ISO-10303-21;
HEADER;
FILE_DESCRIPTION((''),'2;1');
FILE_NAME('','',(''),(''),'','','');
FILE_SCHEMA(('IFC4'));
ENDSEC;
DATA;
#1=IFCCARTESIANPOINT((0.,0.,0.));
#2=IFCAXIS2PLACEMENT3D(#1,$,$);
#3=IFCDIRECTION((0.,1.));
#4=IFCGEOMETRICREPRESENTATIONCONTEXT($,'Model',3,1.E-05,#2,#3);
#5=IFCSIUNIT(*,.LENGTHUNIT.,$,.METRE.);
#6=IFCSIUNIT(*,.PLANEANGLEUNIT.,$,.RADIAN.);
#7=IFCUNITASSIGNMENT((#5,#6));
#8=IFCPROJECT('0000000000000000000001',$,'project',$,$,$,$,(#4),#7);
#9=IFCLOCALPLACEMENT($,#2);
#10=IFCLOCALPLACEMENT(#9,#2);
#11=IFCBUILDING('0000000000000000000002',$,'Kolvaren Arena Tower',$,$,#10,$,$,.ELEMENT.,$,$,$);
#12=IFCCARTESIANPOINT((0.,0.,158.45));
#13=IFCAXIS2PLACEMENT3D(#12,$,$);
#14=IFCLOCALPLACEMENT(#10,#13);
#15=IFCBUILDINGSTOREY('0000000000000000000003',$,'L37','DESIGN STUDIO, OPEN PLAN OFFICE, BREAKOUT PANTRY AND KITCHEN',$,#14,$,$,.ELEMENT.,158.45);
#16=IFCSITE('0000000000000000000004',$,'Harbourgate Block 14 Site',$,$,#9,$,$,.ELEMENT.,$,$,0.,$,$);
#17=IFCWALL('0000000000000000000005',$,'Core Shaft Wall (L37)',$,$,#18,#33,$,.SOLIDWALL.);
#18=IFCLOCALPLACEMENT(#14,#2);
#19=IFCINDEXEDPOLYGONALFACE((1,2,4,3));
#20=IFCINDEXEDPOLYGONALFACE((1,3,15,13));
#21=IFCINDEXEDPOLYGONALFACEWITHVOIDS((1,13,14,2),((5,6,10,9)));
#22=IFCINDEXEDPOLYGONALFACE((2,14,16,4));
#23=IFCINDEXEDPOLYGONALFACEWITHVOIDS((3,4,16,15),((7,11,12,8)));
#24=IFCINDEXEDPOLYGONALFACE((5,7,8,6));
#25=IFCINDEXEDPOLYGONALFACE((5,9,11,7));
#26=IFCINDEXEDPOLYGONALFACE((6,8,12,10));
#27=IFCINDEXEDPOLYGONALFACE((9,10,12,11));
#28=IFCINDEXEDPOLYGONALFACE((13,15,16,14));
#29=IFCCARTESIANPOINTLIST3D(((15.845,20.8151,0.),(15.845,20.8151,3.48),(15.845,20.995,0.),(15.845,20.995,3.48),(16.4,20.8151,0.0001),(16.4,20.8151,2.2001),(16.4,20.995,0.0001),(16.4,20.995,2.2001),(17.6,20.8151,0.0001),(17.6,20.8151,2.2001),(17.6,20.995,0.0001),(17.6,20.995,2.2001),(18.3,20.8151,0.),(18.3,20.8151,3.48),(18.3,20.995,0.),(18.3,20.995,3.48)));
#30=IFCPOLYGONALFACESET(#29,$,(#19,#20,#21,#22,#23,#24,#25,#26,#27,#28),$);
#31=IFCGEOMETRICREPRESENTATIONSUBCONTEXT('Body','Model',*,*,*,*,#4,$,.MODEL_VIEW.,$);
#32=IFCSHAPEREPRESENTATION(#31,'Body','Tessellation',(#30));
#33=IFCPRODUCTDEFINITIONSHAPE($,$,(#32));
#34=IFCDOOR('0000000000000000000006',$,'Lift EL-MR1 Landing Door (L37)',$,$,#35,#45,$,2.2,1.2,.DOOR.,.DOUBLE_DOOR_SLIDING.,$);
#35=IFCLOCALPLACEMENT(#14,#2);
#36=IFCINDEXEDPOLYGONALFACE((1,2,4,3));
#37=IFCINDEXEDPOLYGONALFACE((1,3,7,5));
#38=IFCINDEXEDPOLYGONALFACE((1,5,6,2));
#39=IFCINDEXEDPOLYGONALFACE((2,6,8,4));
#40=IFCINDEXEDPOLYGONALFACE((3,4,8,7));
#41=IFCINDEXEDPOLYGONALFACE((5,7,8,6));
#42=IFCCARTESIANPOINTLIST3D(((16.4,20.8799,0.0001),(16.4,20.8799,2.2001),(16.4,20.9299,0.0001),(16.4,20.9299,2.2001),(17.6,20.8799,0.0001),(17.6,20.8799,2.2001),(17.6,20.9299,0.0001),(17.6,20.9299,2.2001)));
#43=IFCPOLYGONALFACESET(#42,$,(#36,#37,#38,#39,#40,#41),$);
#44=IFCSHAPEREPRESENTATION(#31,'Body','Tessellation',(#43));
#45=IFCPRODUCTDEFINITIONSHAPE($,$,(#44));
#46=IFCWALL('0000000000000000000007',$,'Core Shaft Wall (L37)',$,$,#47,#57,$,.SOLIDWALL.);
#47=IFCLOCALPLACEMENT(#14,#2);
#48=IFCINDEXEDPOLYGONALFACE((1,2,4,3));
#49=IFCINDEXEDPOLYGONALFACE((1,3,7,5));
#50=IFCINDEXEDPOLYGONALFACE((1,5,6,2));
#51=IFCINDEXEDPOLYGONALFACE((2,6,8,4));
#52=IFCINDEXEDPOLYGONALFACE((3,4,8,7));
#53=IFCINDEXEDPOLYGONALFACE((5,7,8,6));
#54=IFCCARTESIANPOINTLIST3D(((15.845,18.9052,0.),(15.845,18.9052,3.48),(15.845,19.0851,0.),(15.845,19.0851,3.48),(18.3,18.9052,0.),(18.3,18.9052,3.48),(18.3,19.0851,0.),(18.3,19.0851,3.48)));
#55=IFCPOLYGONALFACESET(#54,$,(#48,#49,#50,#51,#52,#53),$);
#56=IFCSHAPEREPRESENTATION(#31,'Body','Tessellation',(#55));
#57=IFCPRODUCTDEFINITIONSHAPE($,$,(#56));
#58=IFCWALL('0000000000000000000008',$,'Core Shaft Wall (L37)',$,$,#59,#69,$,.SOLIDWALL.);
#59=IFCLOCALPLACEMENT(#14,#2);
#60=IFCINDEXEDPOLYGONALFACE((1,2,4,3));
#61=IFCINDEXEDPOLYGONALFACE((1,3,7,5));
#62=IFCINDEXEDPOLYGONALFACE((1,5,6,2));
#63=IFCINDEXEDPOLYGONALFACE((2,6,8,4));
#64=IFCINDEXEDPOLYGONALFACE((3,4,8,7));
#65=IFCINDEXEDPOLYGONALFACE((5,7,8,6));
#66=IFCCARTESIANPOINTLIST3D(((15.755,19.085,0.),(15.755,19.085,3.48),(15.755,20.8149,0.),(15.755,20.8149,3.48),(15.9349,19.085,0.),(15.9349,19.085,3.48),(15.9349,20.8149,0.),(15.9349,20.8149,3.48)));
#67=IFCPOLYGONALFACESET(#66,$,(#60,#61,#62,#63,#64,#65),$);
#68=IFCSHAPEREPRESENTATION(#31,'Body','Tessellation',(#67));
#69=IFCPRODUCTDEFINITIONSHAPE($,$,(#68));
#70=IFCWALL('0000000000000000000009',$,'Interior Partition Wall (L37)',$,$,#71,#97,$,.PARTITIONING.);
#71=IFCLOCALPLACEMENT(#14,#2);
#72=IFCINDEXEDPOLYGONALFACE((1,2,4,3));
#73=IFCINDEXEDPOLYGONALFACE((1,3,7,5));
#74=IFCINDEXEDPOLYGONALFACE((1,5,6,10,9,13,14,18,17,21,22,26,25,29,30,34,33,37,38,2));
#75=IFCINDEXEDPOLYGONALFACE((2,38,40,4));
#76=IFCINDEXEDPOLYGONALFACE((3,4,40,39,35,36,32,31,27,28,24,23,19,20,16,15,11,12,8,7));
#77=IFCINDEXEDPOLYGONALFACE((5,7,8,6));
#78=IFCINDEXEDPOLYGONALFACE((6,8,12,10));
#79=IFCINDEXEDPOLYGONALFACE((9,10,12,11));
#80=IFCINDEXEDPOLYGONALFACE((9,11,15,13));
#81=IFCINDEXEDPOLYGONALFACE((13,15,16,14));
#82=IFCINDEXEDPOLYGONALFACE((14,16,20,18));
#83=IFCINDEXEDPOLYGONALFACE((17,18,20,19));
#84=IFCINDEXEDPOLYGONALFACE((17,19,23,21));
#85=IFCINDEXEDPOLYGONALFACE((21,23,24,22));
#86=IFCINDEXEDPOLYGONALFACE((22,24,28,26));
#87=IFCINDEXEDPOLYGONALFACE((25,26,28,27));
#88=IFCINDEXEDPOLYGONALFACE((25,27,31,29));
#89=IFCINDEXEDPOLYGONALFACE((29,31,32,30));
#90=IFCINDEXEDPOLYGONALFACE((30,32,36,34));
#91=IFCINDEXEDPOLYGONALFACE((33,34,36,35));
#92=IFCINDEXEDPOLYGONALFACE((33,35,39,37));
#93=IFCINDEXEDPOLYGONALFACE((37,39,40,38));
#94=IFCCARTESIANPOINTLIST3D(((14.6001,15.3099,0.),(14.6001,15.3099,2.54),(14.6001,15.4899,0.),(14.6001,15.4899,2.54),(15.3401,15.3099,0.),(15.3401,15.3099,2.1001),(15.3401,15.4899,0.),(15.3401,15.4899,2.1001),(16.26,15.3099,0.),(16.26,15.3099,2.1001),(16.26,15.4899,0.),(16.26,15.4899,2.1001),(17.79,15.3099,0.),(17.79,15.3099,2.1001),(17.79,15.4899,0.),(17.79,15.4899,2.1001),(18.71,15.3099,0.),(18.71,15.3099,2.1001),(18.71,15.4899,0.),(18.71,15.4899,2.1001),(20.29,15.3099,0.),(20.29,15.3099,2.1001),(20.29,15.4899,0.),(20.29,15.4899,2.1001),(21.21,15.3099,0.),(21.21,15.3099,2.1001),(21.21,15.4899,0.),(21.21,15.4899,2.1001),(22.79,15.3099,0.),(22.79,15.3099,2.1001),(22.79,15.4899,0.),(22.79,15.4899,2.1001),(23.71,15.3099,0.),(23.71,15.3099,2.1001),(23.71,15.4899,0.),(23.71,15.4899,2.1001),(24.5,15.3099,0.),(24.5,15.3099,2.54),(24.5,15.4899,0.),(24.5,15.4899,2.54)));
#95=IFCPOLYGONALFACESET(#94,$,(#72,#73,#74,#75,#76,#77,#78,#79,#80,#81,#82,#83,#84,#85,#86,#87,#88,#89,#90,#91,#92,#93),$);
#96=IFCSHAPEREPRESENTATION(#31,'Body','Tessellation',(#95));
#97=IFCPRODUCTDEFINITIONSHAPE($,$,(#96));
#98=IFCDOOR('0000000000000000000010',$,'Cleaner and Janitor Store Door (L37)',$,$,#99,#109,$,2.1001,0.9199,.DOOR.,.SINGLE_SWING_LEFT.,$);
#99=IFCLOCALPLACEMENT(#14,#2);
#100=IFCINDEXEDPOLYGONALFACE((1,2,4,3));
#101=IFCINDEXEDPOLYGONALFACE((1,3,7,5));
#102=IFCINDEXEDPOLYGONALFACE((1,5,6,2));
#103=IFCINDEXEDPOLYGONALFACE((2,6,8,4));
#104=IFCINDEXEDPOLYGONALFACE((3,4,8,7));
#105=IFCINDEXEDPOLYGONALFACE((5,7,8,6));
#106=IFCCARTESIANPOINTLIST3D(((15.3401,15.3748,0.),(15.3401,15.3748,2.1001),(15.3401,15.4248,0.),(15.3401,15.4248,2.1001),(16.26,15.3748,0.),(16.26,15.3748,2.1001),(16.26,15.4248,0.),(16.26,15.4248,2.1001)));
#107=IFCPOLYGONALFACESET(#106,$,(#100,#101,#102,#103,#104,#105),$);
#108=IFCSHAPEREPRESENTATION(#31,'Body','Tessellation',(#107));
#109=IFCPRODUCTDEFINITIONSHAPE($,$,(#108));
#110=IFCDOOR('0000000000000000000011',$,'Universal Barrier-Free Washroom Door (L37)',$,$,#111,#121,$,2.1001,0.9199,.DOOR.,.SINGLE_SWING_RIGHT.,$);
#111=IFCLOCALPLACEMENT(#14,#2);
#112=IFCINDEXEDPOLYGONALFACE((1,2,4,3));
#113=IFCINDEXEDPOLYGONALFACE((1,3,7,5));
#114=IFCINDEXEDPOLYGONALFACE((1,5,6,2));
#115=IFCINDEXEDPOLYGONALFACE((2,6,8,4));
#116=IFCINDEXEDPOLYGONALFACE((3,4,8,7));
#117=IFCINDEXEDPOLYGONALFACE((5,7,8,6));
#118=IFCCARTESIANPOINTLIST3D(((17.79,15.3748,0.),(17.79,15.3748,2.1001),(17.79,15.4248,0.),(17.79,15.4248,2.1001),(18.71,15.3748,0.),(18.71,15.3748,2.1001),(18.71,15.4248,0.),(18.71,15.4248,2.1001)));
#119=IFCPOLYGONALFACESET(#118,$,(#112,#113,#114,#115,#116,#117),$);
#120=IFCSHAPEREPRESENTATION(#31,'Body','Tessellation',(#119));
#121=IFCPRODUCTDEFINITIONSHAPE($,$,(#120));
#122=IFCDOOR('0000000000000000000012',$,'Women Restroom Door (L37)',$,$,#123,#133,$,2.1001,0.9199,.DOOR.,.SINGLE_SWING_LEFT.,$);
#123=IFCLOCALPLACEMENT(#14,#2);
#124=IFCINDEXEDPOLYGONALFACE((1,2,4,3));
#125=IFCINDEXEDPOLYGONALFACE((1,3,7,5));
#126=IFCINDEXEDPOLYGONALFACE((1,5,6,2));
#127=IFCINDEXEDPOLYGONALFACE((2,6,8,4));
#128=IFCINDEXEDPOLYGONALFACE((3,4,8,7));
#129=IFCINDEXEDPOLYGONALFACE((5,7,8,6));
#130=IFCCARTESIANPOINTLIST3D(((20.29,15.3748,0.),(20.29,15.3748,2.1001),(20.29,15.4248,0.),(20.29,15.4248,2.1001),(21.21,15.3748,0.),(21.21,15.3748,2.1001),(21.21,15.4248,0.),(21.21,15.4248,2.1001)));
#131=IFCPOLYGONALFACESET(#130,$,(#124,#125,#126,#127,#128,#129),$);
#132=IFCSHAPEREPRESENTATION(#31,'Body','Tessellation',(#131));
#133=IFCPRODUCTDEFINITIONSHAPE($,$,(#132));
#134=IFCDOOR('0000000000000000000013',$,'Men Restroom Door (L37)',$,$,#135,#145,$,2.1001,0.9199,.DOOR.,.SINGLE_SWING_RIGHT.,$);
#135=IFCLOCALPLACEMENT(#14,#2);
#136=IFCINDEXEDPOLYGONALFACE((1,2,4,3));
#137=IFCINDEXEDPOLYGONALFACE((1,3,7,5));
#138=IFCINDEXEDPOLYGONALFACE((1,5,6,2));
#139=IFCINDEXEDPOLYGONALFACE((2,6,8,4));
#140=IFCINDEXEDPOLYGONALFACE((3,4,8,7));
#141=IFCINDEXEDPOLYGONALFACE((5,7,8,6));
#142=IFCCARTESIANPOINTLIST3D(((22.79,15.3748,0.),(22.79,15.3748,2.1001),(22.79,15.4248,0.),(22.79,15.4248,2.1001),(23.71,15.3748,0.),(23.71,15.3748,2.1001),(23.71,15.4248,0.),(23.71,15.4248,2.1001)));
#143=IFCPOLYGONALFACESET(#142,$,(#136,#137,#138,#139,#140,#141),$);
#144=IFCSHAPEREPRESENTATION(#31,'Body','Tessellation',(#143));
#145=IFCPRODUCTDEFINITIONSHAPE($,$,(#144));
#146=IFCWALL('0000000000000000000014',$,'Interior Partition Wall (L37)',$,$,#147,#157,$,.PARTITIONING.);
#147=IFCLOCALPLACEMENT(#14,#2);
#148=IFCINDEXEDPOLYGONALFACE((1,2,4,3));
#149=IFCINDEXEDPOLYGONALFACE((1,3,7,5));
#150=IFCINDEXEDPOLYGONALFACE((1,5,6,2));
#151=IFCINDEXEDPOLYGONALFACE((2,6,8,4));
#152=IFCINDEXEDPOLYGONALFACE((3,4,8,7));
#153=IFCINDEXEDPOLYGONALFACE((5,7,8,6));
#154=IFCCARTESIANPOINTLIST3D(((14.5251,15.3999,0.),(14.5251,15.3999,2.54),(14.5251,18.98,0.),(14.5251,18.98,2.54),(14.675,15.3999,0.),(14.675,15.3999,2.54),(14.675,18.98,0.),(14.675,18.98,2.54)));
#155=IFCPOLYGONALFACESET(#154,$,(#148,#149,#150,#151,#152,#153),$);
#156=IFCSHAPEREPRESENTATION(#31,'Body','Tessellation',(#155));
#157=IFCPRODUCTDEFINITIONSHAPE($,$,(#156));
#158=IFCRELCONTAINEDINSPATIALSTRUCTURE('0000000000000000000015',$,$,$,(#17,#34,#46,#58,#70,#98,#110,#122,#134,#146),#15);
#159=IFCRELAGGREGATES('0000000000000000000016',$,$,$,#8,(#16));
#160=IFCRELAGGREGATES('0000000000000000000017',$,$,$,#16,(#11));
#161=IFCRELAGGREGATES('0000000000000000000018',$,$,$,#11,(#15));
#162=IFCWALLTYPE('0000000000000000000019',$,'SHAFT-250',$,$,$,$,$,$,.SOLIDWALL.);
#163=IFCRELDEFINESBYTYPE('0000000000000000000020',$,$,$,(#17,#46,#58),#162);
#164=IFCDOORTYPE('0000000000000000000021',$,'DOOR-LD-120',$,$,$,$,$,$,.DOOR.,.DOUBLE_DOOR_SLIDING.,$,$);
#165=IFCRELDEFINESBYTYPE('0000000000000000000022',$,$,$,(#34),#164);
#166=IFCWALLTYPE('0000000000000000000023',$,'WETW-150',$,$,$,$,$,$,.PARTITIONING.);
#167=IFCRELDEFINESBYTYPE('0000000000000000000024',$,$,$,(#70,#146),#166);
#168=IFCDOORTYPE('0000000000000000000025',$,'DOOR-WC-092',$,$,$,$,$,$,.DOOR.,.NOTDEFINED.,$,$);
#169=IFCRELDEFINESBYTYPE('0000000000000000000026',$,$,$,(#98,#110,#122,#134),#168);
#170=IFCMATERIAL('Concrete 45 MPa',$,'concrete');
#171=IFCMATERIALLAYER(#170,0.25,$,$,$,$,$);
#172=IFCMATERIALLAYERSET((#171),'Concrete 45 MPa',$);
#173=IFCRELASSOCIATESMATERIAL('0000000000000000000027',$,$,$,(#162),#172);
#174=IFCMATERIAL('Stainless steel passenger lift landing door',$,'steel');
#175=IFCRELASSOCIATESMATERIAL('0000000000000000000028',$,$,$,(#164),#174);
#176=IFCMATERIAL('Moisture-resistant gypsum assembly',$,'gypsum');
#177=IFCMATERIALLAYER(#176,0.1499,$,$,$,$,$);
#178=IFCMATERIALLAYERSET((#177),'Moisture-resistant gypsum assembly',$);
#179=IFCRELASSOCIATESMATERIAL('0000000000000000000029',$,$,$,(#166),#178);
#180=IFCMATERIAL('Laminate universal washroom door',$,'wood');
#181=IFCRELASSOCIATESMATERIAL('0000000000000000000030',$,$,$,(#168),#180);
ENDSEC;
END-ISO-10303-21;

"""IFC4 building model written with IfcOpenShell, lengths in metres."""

from ifc_helpers import new_model, si_unit, direction, frame, frame_2d, origin, place, context, subcontext, project, spatial, rectangle, extrude, material, layer, layer_set, type_object, element, fill, save


model = new_model("IFC4")

# Units and contexts
model_context = context("Model", 3, precision=1e-05, world=origin(), true_north=direction((0.0, 1.0)))
body_context = subcontext(model_context, "Body", "Model", "MODEL_VIEW")
ifc_project = project(units=[si_unit("LENGTHUNIT", "METRE"), si_unit("PLANEANGLEUNIT", "RADIAN")], contexts=[model_context])

# Site, building, storey
site_placement = place(None, origin())
site = spatial("IfcSite", under=ifc_project, at=site_placement, Name="Harbourgate Block 14 Site", CompositionType="ELEMENT", RefElevation=0.0)
building_placement = place(site_placement, origin())
building = spatial("IfcBuilding", under=site, at=building_placement, Name="Kolvaren Arena Tower", CompositionType="ELEMENT")
storey_placement = place(building_placement, frame((0.0, 0.0, 158.45)))
storey = spatial("IfcBuildingStorey", under=building, at=storey_placement, Name="L37", Description="DESIGN STUDIO, OPEN PLAN OFFICE, BREAKOUT PANTRY AND KITCHEN", CompositionType="ELEMENT", Elevation=158.45)

# Wall, opening, door
ifc_material_1 = material(Name="Concrete 45 MPa", Category="concrete")
ifc_layer_1 = layer(ifc_material_1, 0.25)
ifc_layer_set_1 = layer_set([ifc_layer_1], Name="Concrete 45 MPa")
wall_type_1 = type_object("IfcWallType", Name="SHAFT-250", PredefinedType="SOLIDWALL", material=ifc_layer_set_1)
wall_1_placement = place(storey_placement, frame((15.845, 20.905, 0.0), z_axis=(0.0, 0.0, 1.0), x_axis=(1.0, 0.0, 0.0)))
wall_1 = element("IfcWall", 1, at=wall_1_placement, inside=storey, type_object=wall_type_1, Name="Core Shaft Wall (L37)", PredefinedType="SOLIDWALL", context=body_context, shape_type="SweptSolid", body=[
    extrude(rectangle(XDim=2.4551, YDim=0.1799, at=frame_2d((1.2275, 0.0))), origin(), (0.0, 0.0, 1.0), 3.48),
])
opening_1_placement = place(wall_1_placement, frame((0.5549, 0.0, 0.0)))
opening_1 = element("IfcOpeningElement", 2, at=opening_1_placement, cuts=wall_1, PredefinedType="OPENING", context=body_context, shape_type="SweptSolid", body=[
    extrude(rectangle(XDim=1.2, YDim=2.2, at=frame_2d((0.6001, 1.1001))), frame((0.0, 0.0999, 0.0), z_axis=(0.0, -1.0, 0.0), x_axis=(1.0, 0.0, 0.0)), (0.0, 0.0, 1.0), 0.2),
])
ifc_material_2 = material(Name="Stainless steel passenger lift landing door", Category="steel")
door_type_1 = type_object("IfcDoorType", Name="DOOR-LD-120", OperationType="DOUBLE_DOOR_SLIDING", PredefinedType="DOOR", material=ifc_material_2)
door_1_placement = place(opening_1_placement, origin())
door_1 = element("IfcDoor", 3, at=door_1_placement, inside=storey, type_object=door_type_1, Name="Lift EL-MR1 Landing Door (L37)", OperationType="DOUBLE_DOOR_SLIDING", OverallHeight=2.2, OverallWidth=1.2, PredefinedType="DOOR", context=body_context, shape_type="SweptSolid", body=[
    extrude(rectangle(XDim=1.2, YDim=2.2, at=frame_2d((0.6001, 1.1001))), frame((0.0, 0.0249, 0.0), z_axis=(0.0, -1.0, 0.0), x_axis=(1.0, 0.0, 0.0)), (0.0, 0.0, 1.0), 0.05),
])
fill(opening_1, door_1)

# Walls
wall_2_placement = place(storey_placement, frame((15.845, 18.9951, 0.0), z_axis=(0.0, 0.0, 1.0), x_axis=(1.0, 0.0, 0.0)))
element("IfcWall", 4, at=wall_2_placement, inside=storey, type_object=wall_type_1, Name="Core Shaft Wall (L37)", PredefinedType="SOLIDWALL", context=body_context, shape_type="SweptSolid", body=[
    extrude(rectangle(XDim=2.4551, YDim=0.1799, at=frame_2d((1.2275, 0.0))), origin(), (0.0, 0.0, 1.0), 3.48),
])
wall_3_placement = place(storey_placement, frame((15.845, 19.085, 0.0), z_axis=(0.0, 0.0, 1.0), x_axis=(0.0, 1.0, 0.0)))
element("IfcWall", 5, at=wall_3_placement, inside=storey, type_object=wall_type_1, Name="Core Shaft Wall (L37)", PredefinedType="SOLIDWALL", context=body_context, shape_type="SweptSolid", body=[
    extrude(rectangle(XDim=1.73, YDim=0.1799, at=frame_2d((0.865, 0.0))), origin(), (0.0, 0.0, 1.0), 3.48),
])

# Wall, openings, doors
ifc_material_3 = material(Name="Moisture-resistant gypsum assembly", Category="gypsum")
ifc_layer_2 = layer(ifc_material_3, 0.1499)
ifc_layer_set_2 = layer_set([ifc_layer_2], Name="Moisture-resistant gypsum assembly")
wall_type_2 = type_object("IfcWallType", Name="WETW-150", PredefinedType="PARTITIONING", material=ifc_layer_set_2)
wall_4_placement = place(storey_placement, frame((14.6001, 15.3999, 0.0), z_axis=(0.0, 0.0, 1.0), x_axis=(1.0, 0.0, 0.0)))
wall_4 = element("IfcWall", 6, at=wall_4_placement, inside=storey, type_object=wall_type_2, Name="Interior Partition Wall (L37)", PredefinedType="PARTITIONING", context=body_context, shape_type="SweptSolid", body=[
    extrude(rectangle(XDim=9.8999, YDim=0.1799, at=frame_2d((4.95, 0.0))), origin(), (0.0, 0.0, 1.0), 2.54),
])
opening_2_placement = place(wall_4_placement, frame((0.74, 0.0, 0.0)))
opening_2 = element("IfcOpeningElement", 7, at=opening_2_placement, cuts=wall_4, PredefinedType="OPENING", context=body_context, shape_type="SweptSolid", body=[
    extrude(rectangle(XDim=0.9199, YDim=2.1001, at=frame_2d((0.46, 1.05))), frame((0.0, 0.0999, 0.0), z_axis=(0.0, -1.0, 0.0), x_axis=(1.0, 0.0, 0.0)), (0.0, 0.0, 1.0), 0.2),
])
opening_3_placement = place(wall_4_placement, frame((3.1899, 0.0, 0.0)))
opening_3 = element("IfcOpeningElement", 8, at=opening_3_placement, cuts=wall_4, PredefinedType="OPENING", context=body_context, shape_type="SweptSolid", body=[
    extrude(rectangle(XDim=0.9199, YDim=2.1001, at=frame_2d((0.46, 1.05))), frame((0.0, 0.0999, 0.0), z_axis=(0.0, -1.0, 0.0), x_axis=(1.0, 0.0, 0.0)), (0.0, 0.0, 1.0), 0.2),
])
opening_4_placement = place(wall_4_placement, frame((5.6899, 0.0, 0.0)))
opening_4 = element("IfcOpeningElement", 9, at=opening_4_placement, cuts=wall_4, PredefinedType="OPENING", context=body_context, shape_type="SweptSolid", body=[
    extrude(rectangle(XDim=0.9199, YDim=2.1001, at=frame_2d((0.46, 1.05))), frame((0.0, 0.0999, 0.0), z_axis=(0.0, -1.0, 0.0), x_axis=(1.0, 0.0, 0.0)), (0.0, 0.0, 1.0), 0.2),
])
opening_5_placement = place(wall_4_placement, frame((8.1899, 0.0, 0.0)))
opening_5 = element("IfcOpeningElement", 10, at=opening_5_placement, cuts=wall_4, PredefinedType="OPENING", context=body_context, shape_type="SweptSolid", body=[
    extrude(rectangle(XDim=0.9199, YDim=2.1001, at=frame_2d((0.46, 1.05))), frame((0.0, 0.0999, 0.0), z_axis=(0.0, -1.0, 0.0), x_axis=(1.0, 0.0, 0.0)), (0.0, 0.0, 1.0), 0.2),
])
ifc_material_4 = material(Name="Laminate universal washroom door", Category="wood")
door_type_2 = type_object("IfcDoorType", Name="DOOR-WC-092", OperationType="NOTDEFINED", PredefinedType="DOOR", material=ifc_material_4)
door_2_placement = place(opening_2_placement, origin())
door_2 = element("IfcDoor", 11, at=door_2_placement, inside=storey, type_object=door_type_2, Name="Cleaner and Janitor Store Door (L37)", OperationType="SINGLE_SWING_LEFT", OverallHeight=2.1001, OverallWidth=0.9199, PredefinedType="DOOR", context=body_context, shape_type="SweptSolid", body=[
    extrude(rectangle(XDim=0.9199, YDim=2.1001, at=frame_2d((0.46, 1.05))), frame((0.0, 0.0249, 0.0), z_axis=(0.0, -1.0, 0.0), x_axis=(1.0, 0.0, 0.0)), (0.0, 0.0, 1.0), 0.05),
])
fill(opening_2, door_2)
door_3_placement = place(opening_3_placement, origin())
door_3 = element("IfcDoor", 12, at=door_3_placement, inside=storey, type_object=door_type_2, Name="Universal Barrier-Free Washroom Door (L37)", OperationType="SINGLE_SWING_RIGHT", OverallHeight=2.1001, OverallWidth=0.9199, PredefinedType="DOOR", context=body_context, shape_type="SweptSolid", body=[
    extrude(rectangle(XDim=0.9199, YDim=2.1001, at=frame_2d((0.46, 1.05))), frame((0.0, 0.0249, 0.0), z_axis=(0.0, -1.0, 0.0), x_axis=(1.0, 0.0, 0.0)), (0.0, 0.0, 1.0), 0.05),
])
fill(opening_3, door_3)
door_4_placement = place(opening_4_placement, origin())
door_4 = element("IfcDoor", 13, at=door_4_placement, inside=storey, type_object=door_type_2, Name="Women Restroom Door (L37)", OperationType="SINGLE_SWING_LEFT", OverallHeight=2.1001, OverallWidth=0.9199, PredefinedType="DOOR", context=body_context, shape_type="SweptSolid", body=[
    extrude(rectangle(XDim=0.9199, YDim=2.1001, at=frame_2d((0.46, 1.05))), frame((0.0, 0.0249, 0.0), z_axis=(0.0, -1.0, 0.0), x_axis=(1.0, 0.0, 0.0)), (0.0, 0.0, 1.0), 0.05),
])
fill(opening_4, door_4)
door_5_placement = place(opening_5_placement, origin())
door_5 = element("IfcDoor", 14, at=door_5_placement, inside=storey, type_object=door_type_2, Name="Men Restroom Door (L37)", OperationType="SINGLE_SWING_RIGHT", OverallHeight=2.1001, OverallWidth=0.9199, PredefinedType="DOOR", context=body_context, shape_type="SweptSolid", body=[
    extrude(rectangle(XDim=0.9199, YDim=2.1001, at=frame_2d((0.46, 1.05))), frame((0.0, 0.0249, 0.0), z_axis=(0.0, -1.0, 0.0), x_axis=(1.0, 0.0, 0.0)), (0.0, 0.0, 1.0), 0.05),
])
fill(opening_5, door_5)

# Wall
wall_5_placement = place(storey_placement, frame((14.6001, 15.3999, 0.0), z_axis=(0.0, 0.0, 1.0), x_axis=(0.0, 1.0, 0.0)))
element("IfcWall", 15, at=wall_5_placement, inside=storey, type_object=wall_type_2, Name="Interior Partition Wall (L37)", PredefinedType="PARTITIONING", context=body_context, shape_type="SweptSolid", body=[
    extrude(rectangle(XDim=3.5801, YDim=0.1499, at=frame_2d((1.79, 0.0))), origin(), (0.0, 0.0, 1.0), 2.54),
])

save(model, "model.ifc")
